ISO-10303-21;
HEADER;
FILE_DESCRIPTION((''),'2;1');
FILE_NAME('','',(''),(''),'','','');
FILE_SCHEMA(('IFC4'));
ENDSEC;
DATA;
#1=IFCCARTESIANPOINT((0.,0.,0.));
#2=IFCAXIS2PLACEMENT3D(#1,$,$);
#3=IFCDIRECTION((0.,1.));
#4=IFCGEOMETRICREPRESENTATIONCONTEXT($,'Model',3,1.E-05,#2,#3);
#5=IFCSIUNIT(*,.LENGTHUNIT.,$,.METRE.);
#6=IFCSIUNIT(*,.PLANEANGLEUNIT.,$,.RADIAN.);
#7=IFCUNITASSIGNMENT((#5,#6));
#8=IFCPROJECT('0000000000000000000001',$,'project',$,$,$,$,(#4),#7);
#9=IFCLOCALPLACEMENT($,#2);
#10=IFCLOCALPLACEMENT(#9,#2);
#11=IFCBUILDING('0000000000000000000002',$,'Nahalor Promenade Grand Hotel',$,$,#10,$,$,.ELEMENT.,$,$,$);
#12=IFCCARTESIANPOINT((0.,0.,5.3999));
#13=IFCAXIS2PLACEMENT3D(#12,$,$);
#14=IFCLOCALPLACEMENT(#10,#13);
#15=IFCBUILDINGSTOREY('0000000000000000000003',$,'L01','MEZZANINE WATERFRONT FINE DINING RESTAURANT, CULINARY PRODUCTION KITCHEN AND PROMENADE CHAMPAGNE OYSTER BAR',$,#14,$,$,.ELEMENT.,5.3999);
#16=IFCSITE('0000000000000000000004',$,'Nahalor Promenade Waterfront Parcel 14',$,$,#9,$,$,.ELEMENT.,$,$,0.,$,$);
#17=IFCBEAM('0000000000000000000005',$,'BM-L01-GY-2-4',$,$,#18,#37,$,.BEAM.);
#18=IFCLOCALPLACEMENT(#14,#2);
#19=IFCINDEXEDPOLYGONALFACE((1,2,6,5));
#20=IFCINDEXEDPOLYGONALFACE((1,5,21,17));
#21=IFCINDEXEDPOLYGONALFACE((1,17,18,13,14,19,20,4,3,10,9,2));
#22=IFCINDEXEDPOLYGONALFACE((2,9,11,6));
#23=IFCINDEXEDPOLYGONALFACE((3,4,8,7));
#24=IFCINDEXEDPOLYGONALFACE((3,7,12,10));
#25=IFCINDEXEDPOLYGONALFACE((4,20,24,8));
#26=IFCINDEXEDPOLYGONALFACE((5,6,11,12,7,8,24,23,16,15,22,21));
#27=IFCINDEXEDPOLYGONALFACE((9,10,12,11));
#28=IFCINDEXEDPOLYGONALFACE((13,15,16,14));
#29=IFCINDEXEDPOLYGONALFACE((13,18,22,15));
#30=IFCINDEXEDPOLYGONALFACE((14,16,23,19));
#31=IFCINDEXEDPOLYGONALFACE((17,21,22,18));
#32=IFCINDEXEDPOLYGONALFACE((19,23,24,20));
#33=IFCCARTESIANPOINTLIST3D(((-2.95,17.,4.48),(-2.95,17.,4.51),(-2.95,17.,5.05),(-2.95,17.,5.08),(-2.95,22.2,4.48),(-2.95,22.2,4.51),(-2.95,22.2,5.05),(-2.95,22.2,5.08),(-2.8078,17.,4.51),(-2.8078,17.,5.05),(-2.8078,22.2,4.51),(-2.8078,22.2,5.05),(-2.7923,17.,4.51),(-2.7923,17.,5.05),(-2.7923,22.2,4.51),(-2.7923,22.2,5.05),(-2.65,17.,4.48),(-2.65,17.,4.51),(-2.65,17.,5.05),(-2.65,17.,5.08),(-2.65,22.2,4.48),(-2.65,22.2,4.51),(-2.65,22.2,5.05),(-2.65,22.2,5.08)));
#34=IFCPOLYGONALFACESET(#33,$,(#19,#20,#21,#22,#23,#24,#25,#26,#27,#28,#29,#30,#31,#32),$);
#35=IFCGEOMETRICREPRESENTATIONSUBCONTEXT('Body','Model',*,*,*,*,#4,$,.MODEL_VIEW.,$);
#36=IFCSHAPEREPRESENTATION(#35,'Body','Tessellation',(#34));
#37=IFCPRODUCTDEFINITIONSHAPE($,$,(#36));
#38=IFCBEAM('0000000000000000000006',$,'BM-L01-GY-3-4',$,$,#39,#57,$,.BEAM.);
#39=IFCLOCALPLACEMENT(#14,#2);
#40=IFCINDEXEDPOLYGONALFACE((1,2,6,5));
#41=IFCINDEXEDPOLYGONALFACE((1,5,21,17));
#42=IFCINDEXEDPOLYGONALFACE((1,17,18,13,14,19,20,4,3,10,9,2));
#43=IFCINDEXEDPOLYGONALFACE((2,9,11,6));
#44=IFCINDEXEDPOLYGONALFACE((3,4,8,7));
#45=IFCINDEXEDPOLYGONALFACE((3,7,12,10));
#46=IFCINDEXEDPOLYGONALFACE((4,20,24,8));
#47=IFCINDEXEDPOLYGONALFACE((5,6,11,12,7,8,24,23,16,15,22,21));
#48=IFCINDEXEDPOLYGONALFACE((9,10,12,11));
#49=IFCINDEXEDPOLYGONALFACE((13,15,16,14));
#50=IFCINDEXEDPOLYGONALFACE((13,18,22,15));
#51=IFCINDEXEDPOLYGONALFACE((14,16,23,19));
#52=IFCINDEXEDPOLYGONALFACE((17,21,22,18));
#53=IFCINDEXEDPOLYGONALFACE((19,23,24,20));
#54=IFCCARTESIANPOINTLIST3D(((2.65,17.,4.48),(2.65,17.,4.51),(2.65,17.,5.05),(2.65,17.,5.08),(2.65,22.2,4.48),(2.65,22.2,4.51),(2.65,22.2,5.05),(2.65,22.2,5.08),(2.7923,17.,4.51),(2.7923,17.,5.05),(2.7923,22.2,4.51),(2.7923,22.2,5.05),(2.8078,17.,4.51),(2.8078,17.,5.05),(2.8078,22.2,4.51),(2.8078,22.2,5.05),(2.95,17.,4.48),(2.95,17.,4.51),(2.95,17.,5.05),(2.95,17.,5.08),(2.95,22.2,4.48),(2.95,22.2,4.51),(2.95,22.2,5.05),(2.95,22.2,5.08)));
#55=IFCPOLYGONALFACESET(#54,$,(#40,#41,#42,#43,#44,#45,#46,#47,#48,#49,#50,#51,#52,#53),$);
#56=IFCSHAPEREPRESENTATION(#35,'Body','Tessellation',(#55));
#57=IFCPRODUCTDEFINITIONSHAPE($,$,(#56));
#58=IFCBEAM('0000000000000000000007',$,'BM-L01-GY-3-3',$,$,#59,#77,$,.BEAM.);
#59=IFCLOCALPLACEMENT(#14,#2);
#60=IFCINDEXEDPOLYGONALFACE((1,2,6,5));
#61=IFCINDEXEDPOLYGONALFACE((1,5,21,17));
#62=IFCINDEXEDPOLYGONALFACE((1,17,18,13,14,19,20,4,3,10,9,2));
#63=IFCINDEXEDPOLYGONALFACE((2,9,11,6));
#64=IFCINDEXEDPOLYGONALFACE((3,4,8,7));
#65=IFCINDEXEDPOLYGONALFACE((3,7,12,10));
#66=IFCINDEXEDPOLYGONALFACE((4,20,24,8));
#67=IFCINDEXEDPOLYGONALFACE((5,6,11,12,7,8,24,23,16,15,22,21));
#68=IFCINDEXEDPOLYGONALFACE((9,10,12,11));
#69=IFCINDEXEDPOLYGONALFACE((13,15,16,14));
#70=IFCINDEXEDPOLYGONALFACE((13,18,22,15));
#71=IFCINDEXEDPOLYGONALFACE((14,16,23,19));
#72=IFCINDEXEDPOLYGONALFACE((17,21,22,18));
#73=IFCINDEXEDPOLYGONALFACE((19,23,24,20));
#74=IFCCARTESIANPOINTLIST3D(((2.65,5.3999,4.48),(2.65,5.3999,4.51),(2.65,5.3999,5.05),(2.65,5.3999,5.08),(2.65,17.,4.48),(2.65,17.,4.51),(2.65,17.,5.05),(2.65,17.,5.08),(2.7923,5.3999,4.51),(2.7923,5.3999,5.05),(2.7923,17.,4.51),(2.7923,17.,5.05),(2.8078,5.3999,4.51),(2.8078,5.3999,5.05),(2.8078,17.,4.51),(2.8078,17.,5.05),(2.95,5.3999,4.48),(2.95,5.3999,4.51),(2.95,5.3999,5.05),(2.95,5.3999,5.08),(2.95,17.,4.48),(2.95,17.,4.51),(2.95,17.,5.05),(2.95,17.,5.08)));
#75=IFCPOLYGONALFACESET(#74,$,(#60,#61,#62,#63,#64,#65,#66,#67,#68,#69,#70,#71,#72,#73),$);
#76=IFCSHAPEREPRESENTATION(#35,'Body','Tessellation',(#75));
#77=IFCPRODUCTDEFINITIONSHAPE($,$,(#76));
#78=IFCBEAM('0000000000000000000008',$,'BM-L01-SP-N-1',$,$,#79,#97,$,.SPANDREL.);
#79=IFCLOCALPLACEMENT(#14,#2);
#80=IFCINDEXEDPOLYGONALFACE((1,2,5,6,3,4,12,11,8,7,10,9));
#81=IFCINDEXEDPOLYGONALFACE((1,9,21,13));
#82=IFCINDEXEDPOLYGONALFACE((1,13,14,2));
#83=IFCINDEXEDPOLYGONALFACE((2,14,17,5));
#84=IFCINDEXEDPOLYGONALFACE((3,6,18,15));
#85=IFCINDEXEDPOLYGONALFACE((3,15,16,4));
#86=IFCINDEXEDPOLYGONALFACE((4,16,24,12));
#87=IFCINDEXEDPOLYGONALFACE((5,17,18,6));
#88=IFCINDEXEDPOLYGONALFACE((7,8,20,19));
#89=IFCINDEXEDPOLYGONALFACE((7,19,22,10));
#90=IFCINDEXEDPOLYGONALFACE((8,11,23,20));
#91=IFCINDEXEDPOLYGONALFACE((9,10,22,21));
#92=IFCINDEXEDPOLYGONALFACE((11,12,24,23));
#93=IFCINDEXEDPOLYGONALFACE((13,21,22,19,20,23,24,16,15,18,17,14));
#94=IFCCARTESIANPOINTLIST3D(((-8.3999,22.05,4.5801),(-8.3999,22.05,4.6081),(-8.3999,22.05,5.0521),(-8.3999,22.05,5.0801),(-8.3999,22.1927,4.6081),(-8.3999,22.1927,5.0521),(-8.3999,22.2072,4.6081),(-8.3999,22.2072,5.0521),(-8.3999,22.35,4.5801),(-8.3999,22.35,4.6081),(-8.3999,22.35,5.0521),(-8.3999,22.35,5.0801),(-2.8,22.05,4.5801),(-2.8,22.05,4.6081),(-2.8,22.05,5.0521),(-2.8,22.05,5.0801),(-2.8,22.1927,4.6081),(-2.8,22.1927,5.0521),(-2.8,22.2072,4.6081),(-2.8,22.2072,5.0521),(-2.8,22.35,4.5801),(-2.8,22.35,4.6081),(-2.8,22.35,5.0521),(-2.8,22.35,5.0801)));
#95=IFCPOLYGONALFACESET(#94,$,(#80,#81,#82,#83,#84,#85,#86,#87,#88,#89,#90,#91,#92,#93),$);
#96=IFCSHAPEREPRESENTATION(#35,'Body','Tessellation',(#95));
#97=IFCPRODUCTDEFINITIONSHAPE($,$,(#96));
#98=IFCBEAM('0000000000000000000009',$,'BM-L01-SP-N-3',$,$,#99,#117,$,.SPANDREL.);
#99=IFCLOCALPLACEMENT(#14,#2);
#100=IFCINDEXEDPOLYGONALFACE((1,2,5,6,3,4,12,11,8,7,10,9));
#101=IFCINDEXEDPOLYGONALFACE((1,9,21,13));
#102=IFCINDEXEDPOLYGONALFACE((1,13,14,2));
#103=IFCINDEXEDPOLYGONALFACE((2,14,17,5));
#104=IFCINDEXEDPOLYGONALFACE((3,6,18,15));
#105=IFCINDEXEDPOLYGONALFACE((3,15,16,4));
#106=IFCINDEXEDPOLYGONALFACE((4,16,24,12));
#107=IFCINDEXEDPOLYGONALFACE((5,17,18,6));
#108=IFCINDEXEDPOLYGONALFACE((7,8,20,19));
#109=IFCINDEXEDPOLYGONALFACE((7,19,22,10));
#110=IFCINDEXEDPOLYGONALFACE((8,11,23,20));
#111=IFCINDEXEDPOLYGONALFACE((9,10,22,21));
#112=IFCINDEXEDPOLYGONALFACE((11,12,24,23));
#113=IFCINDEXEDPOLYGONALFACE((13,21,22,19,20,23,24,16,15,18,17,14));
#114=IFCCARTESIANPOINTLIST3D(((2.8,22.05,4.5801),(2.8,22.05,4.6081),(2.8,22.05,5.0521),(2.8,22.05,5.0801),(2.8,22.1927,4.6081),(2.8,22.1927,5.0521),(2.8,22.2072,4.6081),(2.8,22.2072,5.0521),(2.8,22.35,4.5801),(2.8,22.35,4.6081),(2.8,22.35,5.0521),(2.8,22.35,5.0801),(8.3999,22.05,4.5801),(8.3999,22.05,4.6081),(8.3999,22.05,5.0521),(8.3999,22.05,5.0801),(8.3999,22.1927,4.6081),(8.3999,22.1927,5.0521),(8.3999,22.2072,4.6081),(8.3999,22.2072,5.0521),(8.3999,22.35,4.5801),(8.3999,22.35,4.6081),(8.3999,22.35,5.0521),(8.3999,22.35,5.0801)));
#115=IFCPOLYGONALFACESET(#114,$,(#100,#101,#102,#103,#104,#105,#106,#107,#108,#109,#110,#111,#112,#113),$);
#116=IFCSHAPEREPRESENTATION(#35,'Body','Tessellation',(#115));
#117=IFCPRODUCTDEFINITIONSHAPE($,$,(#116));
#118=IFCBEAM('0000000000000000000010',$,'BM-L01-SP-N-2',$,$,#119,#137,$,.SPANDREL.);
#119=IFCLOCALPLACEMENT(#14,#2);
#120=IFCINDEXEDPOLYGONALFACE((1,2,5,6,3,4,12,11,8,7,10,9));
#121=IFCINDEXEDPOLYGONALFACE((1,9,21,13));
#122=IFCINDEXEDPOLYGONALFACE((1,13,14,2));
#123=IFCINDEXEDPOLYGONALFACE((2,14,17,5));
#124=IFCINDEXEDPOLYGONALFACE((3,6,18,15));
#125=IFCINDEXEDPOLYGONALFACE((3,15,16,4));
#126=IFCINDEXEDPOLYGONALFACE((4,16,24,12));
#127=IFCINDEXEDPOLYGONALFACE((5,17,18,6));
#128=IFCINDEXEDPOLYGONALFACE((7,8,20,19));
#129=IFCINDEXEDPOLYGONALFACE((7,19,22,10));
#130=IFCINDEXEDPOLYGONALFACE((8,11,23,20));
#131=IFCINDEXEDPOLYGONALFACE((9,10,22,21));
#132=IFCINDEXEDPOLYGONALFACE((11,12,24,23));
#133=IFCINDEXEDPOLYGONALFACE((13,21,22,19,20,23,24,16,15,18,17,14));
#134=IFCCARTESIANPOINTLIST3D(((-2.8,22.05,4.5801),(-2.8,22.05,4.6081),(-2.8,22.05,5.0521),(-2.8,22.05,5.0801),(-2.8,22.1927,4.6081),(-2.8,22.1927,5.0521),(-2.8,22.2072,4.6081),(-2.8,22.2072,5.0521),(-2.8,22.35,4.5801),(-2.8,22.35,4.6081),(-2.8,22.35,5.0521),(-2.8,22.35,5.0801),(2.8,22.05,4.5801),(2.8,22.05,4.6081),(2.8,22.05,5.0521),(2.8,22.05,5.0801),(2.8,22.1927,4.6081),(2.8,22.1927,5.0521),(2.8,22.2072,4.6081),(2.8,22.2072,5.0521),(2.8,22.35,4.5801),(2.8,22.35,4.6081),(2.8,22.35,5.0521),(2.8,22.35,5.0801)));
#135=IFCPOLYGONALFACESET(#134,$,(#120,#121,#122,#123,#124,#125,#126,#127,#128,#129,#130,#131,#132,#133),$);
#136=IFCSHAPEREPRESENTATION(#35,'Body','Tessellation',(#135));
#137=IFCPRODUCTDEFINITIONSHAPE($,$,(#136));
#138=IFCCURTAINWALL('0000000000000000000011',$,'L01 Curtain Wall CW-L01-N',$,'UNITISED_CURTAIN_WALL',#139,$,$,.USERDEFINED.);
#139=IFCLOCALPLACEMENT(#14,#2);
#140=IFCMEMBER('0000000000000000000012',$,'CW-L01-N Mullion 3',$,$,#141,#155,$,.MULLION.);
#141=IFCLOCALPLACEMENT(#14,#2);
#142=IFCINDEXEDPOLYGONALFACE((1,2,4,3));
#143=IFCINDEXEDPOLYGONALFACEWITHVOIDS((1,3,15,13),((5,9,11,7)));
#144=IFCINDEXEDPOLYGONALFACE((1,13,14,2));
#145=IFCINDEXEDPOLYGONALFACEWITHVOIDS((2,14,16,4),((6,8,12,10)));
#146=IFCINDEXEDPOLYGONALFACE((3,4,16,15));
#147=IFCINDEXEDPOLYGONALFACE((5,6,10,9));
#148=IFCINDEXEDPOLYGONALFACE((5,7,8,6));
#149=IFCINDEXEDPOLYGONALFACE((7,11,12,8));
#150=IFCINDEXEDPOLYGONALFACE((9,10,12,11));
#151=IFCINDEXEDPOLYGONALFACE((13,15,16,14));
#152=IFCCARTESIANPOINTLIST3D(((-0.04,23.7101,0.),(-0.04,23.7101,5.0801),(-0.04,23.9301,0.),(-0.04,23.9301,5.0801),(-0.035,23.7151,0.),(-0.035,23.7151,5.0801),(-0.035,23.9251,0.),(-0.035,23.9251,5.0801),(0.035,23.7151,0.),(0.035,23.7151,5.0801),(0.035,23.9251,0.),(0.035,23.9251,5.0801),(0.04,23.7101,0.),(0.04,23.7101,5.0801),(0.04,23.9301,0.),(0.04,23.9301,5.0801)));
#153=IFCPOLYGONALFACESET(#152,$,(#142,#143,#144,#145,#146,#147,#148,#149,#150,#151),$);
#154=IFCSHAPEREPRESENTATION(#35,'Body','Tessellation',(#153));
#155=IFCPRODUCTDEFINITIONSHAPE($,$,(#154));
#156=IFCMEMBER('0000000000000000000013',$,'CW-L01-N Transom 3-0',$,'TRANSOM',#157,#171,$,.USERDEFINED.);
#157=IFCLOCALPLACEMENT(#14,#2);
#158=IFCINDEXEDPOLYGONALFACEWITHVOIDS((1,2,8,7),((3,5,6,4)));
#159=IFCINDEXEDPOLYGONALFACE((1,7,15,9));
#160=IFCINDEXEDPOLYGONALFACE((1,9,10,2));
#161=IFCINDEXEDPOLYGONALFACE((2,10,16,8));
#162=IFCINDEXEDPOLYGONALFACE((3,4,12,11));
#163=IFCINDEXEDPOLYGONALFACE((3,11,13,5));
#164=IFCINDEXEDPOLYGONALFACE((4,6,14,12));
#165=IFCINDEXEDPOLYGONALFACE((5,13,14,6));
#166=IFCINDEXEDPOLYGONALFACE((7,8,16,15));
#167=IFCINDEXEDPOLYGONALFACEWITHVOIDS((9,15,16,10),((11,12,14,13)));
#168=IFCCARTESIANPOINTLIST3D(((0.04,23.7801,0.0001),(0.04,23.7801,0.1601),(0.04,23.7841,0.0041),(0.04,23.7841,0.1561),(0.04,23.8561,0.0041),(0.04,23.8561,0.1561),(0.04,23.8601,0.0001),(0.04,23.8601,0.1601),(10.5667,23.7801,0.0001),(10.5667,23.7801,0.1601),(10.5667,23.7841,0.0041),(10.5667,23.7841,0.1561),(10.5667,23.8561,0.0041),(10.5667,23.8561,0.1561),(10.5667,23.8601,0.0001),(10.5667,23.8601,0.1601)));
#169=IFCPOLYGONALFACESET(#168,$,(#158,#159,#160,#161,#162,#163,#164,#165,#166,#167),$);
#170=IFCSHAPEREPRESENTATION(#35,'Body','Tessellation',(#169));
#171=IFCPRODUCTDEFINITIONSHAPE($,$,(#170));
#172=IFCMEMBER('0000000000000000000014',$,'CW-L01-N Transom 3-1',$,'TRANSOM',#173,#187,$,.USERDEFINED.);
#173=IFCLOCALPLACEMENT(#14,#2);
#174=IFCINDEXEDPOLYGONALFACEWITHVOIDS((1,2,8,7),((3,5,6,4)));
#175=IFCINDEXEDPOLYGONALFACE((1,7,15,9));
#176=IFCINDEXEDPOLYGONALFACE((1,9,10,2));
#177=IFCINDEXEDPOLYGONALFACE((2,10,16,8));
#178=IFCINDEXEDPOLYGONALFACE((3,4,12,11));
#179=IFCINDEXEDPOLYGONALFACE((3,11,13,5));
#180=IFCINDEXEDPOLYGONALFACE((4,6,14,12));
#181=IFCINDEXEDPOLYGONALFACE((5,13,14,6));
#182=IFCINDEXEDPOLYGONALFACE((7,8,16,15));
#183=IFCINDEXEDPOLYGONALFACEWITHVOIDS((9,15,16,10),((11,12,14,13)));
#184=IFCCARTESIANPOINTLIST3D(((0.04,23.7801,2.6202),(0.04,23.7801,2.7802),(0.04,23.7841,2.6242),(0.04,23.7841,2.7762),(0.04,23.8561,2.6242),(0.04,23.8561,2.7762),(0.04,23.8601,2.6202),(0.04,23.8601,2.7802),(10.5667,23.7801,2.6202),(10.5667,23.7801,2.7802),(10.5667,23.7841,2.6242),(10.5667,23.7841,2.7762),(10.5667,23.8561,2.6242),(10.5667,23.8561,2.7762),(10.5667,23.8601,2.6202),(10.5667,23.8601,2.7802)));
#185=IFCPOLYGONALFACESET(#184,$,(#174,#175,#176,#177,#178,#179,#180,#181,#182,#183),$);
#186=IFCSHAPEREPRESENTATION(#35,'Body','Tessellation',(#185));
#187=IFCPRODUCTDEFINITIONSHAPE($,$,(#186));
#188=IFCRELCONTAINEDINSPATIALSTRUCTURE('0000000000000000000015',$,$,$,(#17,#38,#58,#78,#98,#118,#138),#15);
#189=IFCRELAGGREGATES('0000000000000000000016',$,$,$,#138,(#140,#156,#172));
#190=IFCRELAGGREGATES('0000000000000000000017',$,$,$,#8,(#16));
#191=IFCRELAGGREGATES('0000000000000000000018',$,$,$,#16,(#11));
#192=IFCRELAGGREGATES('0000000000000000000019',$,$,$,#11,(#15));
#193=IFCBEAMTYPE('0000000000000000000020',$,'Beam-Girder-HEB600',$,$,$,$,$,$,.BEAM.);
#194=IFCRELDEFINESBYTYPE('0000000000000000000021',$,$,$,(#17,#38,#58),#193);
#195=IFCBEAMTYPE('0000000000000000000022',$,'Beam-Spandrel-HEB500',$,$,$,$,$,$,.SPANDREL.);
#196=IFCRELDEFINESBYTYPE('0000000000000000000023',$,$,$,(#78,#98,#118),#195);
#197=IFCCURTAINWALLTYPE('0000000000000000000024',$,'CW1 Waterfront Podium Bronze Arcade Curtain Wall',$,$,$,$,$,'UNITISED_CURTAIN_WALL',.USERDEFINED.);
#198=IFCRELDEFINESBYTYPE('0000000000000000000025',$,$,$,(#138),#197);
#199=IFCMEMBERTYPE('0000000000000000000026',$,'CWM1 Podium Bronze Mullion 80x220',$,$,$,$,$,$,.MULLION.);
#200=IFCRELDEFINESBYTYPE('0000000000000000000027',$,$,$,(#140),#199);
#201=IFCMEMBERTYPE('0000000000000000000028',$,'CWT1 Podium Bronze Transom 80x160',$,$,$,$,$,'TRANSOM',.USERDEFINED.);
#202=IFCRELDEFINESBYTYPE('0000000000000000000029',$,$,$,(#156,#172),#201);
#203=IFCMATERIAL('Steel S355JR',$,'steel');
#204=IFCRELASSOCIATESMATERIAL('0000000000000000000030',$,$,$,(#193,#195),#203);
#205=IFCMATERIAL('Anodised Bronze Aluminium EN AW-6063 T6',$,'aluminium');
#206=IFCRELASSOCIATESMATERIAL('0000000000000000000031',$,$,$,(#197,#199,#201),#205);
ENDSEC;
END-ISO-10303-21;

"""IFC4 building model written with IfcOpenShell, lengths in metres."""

from ifc_helpers import new_model, si_unit, direction, frame, origin, origin_2d, place, context, subcontext, project, spatial, hollow_rectangle, i_section, extrude, source, transform, mapped, material, material_profile, profile_set, type_object, element, aggregate, save


model = new_model("IFC4")

# Units and contexts
model_context = context("Model", 3, precision=1e-05, world=origin(), true_north=direction((0.0, 1.0)))
body_context = subcontext(model_context, "Body", "Model", "MODEL_VIEW")
ifc_project = project(units=[si_unit("LENGTHUNIT", "METRE"), si_unit("PLANEANGLEUNIT", "RADIAN")], contexts=[model_context])

# Site, building, storey
site_placement = place(None, origin())
site = spatial("IfcSite", under=ifc_project, at=site_placement, Name="Nahalor Promenade Waterfront Parcel 14", CompositionType="ELEMENT", RefElevation=0.0)
building_placement = place(site_placement, origin())
building = spatial("IfcBuilding", under=site, at=building_placement, Name="Nahalor Promenade Grand Hotel", CompositionType="ELEMENT")
storey_placement = place(building_placement, frame((0.0, 0.0, 5.3999)))
storey = spatial("IfcBuildingStorey", under=building, at=storey_placement, Name="L01", Description="MEZZANINE WATERFRONT FINE DINING RESTAURANT, CULINARY PRODUCTION KITCHEN AND PROMENADE CHAMPAGNE OYSTER BAR", CompositionType="ELEMENT", Elevation=5.3999)

# Beams
ifc_material_1 = material(Name="Steel S355JR", Category="steel")
ifc_material_profile_1 = material_profile(ifc_material_1, i_section(OverallWidth=0.3, OverallDepth=0.6, WebThickness=0.0155, FlangeThickness=0.03, at=origin_2d()), Name="HEB 600")
ifc_profile_set_1 = profile_set([ifc_material_profile_1], Name="Steel S355JR")
beam_type_1 = type_object("IfcBeamType", Name="Beam-Girder-HEB600", PredefinedType="BEAM", material=ifc_profile_set_1)
shared_shape_1 = source(origin(), body_context, "Body", "SweptSolid", [
    extrude(i_section(OverallWidth=0.3, OverallDepth=0.6, WebThickness=0.0155, FlangeThickness=0.03, at=origin_2d()), origin(), (0.0, 0.0, 1.0), 5.2),
])
for number, where, z_axis, x_axis, name in (
    (1, (-2.8, 17.0, 4.78), (0.0, 1.0, 0.0), (-1.0, 0.0, 0.0), "BM-L01-GY-2-4"),
    (2, (2.8, 17.0, 4.78), (0.0, 1.0, 0.0), (-1.0, 0.0, 0.0), "BM-L01-GY-3-4"),
):
    element("IfcBeam", number, at=place(storey_placement, frame(where, z_axis=z_axis, x_axis=x_axis)), inside=storey, type_object=beam_type_1, Name=name, PredefinedType="BEAM", context=body_context, shape_type="MappedRepresentation", body=[
        mapped(shared_shape_1, transform((0.0, 0.0, 0.0), scale=1.0)),
    ])
shared_shape_2 = source(origin(), body_context, "Body", "SweptSolid", [
    extrude(i_section(OverallWidth=0.3, OverallDepth=0.6, WebThickness=0.0155, FlangeThickness=0.03, at=origin_2d()), origin(), (0.0, 0.0, 1.0), 11.6001),
])
beam_1_placement = place(storey_placement, frame((2.8, 5.3999, 4.78), z_axis=(0.0, 1.0, 0.0), x_axis=(-1.0, 0.0, 0.0)))
element("IfcBeam", 3, at=beam_1_placement, inside=storey, type_object=beam_type_1, Name="BM-L01-GY-3-3", PredefinedType="BEAM", context=body_context, shape_type="MappedRepresentation", body=[
    mapped(shared_shape_2, transform((0.0, 0.0, 0.0), scale=1.0)),
])
ifc_material_profile_2 = material_profile(ifc_material_1, i_section(OverallWidth=0.3, OverallDepth=0.5, WebThickness=0.0145, FlangeThickness=0.028, at=origin_2d()), Name="HEB 500")
ifc_profile_set_2 = profile_set([ifc_material_profile_2], Name="Steel S355JR")
beam_type_2 = type_object("IfcBeamType", Name="Beam-Spandrel-HEB500", PredefinedType="SPANDREL", material=ifc_profile_set_2)
shared_shape_3 = source(origin(), body_context, "Body", "SweptSolid", [
    extrude(i_section(OverallWidth=0.3, OverallDepth=0.5, WebThickness=0.0145, FlangeThickness=0.028, at=origin_2d()), origin(), (0.0, 0.0, 1.0), 5.5999),
])
for number, where, z_axis, x_axis, name in (
    (4, (-8.3999, 22.2, 4.8301), (1.0, 0.0, 0.0), (0.0, 1.0, 0.0), "BM-L01-SP-N-1"),
    (5, (2.8, 22.2, 4.8301), (1.0, 0.0, 0.0), (0.0, 1.0, 0.0), "BM-L01-SP-N-3"),
):
    element("IfcBeam", number, at=place(storey_placement, frame(where, z_axis=z_axis, x_axis=x_axis)), inside=storey, type_object=beam_type_2, Name=name, PredefinedType="SPANDREL", context=body_context, shape_type="MappedRepresentation", body=[
        mapped(shared_shape_3, transform((0.0, 0.0, 0.0), scale=1.0)),
    ])
shared_shape_4 = source(origin(), body_context, "Body", "SweptSolid", [
    extrude(i_section(OverallWidth=0.3, OverallDepth=0.5, WebThickness=0.0145, FlangeThickness=0.028, at=origin_2d()), origin(), (0.0, 0.0, 1.0), 5.6001),
])
beam_2_placement = place(storey_placement, frame((-2.8, 22.2, 4.8301), z_axis=(1.0, 0.0, 0.0), x_axis=(0.0, 1.0, 0.0)))
element("IfcBeam", 6, at=beam_2_placement, inside=storey, type_object=beam_type_2, Name="BM-L01-SP-N-2", PredefinedType="SPANDREL", context=body_context, shape_type="MappedRepresentation", body=[
    mapped(shared_shape_4, transform((0.0, 0.0, 0.0), scale=1.0)),
])

# Curtain wall, members
ifc_material_2 = material(Name="Anodised Bronze Aluminium EN AW-6063 T6", Category="aluminium")
curtain_wall_type = type_object("IfcCurtainWallType", Name="CW1 Waterfront Podium Bronze Arcade Curtain Wall", ElementType="UNITISED_CURTAIN_WALL", PredefinedType="USERDEFINED", material=ifc_material_2)
curtain_wall_placement = place(storey_placement, origin())
curtain_wall = element("IfcCurtainWall", 7, at=curtain_wall_placement, inside=storey, type_object=curtain_wall_type, Name="L01 Curtain Wall CW-L01-N", ObjectType="UNITISED_CURTAIN_WALL", PredefinedType="USERDEFINED")
ifc_material_profile_3 = material_profile(ifc_material_2, hollow_rectangle(XDim=0.08, YDim=0.22, WallThickness=0.005, at=origin_2d()), Name="CWM 80x220x5")
ifc_profile_set_3 = profile_set([ifc_material_profile_3], Name="Anodised Bronze Aluminium EN AW-6063 T6")
member_type_1 = type_object("IfcMemberType", Name="CWM1 Podium Bronze Mullion 80x220", PredefinedType="MULLION", material=ifc_profile_set_3)
shared_shape_5 = source(origin(), body_context, "Body", "SweptSolid", [
    extrude(hollow_rectangle(XDim=0.08, YDim=0.22, WallThickness=0.005, at=origin_2d()), origin(), (0.0, 0.0, 1.0), 5.0801),
])
member_1_placement = place(storey_placement, frame((0.0, 23.8201, 0.0), z_axis=(0.0, 0.0, 1.0), x_axis=(1.0, 0.0, 0.0)))
member_1 = element("IfcMember", 8, at=member_1_placement, type_object=member_type_1, Name="CW-L01-N Mullion 3", PredefinedType="MULLION", context=body_context, shape_type="MappedRepresentation", body=[
    mapped(shared_shape_5, transform((0.0, 0.0, 0.0), scale=1.0)),
])
ifc_material_profile_4 = material_profile(ifc_material_2, hollow_rectangle(XDim=0.08, YDim=0.16, WallThickness=0.004, at=origin_2d()), Name="CWT 80x160x4")
ifc_profile_set_4 = profile_set([ifc_material_profile_4], Name="Anodised Bronze Aluminium EN AW-6063 T6")
member_type_2 = type_object("IfcMemberType", Name="CWT1 Podium Bronze Transom 80x160", ElementType="TRANSOM", PredefinedType="USERDEFINED", material=ifc_profile_set_4)
shared_shape_6 = source(origin(), body_context, "Body", "SweptSolid", [
    extrude(hollow_rectangle(XDim=0.08, YDim=0.16, WallThickness=0.004, at=origin_2d()), origin(), (0.0, 0.0, 1.0), 10.5266),
])
member_2_placement = place(storey_placement, frame((0.04, 23.8201, 0.0801), z_axis=(1.0, 0.0, 0.0), x_axis=(0.0, 1.0, 0.0)))
member_2 = element("IfcMember", 9, at=member_2_placement, type_object=member_type_2, Name="CW-L01-N Transom 3-0", ObjectType="TRANSOM", PredefinedType="USERDEFINED", context=body_context, shape_type="MappedRepresentation", body=[
    mapped(shared_shape_6, transform((0.0, 0.0, 0.0), scale=1.0)),
])
member_3_placement = place(storey_placement, frame((0.04, 23.8201, 2.7002), z_axis=(1.0, 0.0, 0.0), x_axis=(0.0, 1.0, 0.0)))
member_3 = element("IfcMember", 10, at=member_3_placement, type_object=member_type_2, Name="CW-L01-N Transom 3-1", ObjectType="TRANSOM", PredefinedType="USERDEFINED", context=body_context, shape_type="MappedRepresentation", body=[
    mapped(shared_shape_6, transform((0.0, 0.0, 0.0), scale=1.0)),
])
aggregate(curtain_wall, [member_1, member_2, member_3])

save(model, "model.ifc")
